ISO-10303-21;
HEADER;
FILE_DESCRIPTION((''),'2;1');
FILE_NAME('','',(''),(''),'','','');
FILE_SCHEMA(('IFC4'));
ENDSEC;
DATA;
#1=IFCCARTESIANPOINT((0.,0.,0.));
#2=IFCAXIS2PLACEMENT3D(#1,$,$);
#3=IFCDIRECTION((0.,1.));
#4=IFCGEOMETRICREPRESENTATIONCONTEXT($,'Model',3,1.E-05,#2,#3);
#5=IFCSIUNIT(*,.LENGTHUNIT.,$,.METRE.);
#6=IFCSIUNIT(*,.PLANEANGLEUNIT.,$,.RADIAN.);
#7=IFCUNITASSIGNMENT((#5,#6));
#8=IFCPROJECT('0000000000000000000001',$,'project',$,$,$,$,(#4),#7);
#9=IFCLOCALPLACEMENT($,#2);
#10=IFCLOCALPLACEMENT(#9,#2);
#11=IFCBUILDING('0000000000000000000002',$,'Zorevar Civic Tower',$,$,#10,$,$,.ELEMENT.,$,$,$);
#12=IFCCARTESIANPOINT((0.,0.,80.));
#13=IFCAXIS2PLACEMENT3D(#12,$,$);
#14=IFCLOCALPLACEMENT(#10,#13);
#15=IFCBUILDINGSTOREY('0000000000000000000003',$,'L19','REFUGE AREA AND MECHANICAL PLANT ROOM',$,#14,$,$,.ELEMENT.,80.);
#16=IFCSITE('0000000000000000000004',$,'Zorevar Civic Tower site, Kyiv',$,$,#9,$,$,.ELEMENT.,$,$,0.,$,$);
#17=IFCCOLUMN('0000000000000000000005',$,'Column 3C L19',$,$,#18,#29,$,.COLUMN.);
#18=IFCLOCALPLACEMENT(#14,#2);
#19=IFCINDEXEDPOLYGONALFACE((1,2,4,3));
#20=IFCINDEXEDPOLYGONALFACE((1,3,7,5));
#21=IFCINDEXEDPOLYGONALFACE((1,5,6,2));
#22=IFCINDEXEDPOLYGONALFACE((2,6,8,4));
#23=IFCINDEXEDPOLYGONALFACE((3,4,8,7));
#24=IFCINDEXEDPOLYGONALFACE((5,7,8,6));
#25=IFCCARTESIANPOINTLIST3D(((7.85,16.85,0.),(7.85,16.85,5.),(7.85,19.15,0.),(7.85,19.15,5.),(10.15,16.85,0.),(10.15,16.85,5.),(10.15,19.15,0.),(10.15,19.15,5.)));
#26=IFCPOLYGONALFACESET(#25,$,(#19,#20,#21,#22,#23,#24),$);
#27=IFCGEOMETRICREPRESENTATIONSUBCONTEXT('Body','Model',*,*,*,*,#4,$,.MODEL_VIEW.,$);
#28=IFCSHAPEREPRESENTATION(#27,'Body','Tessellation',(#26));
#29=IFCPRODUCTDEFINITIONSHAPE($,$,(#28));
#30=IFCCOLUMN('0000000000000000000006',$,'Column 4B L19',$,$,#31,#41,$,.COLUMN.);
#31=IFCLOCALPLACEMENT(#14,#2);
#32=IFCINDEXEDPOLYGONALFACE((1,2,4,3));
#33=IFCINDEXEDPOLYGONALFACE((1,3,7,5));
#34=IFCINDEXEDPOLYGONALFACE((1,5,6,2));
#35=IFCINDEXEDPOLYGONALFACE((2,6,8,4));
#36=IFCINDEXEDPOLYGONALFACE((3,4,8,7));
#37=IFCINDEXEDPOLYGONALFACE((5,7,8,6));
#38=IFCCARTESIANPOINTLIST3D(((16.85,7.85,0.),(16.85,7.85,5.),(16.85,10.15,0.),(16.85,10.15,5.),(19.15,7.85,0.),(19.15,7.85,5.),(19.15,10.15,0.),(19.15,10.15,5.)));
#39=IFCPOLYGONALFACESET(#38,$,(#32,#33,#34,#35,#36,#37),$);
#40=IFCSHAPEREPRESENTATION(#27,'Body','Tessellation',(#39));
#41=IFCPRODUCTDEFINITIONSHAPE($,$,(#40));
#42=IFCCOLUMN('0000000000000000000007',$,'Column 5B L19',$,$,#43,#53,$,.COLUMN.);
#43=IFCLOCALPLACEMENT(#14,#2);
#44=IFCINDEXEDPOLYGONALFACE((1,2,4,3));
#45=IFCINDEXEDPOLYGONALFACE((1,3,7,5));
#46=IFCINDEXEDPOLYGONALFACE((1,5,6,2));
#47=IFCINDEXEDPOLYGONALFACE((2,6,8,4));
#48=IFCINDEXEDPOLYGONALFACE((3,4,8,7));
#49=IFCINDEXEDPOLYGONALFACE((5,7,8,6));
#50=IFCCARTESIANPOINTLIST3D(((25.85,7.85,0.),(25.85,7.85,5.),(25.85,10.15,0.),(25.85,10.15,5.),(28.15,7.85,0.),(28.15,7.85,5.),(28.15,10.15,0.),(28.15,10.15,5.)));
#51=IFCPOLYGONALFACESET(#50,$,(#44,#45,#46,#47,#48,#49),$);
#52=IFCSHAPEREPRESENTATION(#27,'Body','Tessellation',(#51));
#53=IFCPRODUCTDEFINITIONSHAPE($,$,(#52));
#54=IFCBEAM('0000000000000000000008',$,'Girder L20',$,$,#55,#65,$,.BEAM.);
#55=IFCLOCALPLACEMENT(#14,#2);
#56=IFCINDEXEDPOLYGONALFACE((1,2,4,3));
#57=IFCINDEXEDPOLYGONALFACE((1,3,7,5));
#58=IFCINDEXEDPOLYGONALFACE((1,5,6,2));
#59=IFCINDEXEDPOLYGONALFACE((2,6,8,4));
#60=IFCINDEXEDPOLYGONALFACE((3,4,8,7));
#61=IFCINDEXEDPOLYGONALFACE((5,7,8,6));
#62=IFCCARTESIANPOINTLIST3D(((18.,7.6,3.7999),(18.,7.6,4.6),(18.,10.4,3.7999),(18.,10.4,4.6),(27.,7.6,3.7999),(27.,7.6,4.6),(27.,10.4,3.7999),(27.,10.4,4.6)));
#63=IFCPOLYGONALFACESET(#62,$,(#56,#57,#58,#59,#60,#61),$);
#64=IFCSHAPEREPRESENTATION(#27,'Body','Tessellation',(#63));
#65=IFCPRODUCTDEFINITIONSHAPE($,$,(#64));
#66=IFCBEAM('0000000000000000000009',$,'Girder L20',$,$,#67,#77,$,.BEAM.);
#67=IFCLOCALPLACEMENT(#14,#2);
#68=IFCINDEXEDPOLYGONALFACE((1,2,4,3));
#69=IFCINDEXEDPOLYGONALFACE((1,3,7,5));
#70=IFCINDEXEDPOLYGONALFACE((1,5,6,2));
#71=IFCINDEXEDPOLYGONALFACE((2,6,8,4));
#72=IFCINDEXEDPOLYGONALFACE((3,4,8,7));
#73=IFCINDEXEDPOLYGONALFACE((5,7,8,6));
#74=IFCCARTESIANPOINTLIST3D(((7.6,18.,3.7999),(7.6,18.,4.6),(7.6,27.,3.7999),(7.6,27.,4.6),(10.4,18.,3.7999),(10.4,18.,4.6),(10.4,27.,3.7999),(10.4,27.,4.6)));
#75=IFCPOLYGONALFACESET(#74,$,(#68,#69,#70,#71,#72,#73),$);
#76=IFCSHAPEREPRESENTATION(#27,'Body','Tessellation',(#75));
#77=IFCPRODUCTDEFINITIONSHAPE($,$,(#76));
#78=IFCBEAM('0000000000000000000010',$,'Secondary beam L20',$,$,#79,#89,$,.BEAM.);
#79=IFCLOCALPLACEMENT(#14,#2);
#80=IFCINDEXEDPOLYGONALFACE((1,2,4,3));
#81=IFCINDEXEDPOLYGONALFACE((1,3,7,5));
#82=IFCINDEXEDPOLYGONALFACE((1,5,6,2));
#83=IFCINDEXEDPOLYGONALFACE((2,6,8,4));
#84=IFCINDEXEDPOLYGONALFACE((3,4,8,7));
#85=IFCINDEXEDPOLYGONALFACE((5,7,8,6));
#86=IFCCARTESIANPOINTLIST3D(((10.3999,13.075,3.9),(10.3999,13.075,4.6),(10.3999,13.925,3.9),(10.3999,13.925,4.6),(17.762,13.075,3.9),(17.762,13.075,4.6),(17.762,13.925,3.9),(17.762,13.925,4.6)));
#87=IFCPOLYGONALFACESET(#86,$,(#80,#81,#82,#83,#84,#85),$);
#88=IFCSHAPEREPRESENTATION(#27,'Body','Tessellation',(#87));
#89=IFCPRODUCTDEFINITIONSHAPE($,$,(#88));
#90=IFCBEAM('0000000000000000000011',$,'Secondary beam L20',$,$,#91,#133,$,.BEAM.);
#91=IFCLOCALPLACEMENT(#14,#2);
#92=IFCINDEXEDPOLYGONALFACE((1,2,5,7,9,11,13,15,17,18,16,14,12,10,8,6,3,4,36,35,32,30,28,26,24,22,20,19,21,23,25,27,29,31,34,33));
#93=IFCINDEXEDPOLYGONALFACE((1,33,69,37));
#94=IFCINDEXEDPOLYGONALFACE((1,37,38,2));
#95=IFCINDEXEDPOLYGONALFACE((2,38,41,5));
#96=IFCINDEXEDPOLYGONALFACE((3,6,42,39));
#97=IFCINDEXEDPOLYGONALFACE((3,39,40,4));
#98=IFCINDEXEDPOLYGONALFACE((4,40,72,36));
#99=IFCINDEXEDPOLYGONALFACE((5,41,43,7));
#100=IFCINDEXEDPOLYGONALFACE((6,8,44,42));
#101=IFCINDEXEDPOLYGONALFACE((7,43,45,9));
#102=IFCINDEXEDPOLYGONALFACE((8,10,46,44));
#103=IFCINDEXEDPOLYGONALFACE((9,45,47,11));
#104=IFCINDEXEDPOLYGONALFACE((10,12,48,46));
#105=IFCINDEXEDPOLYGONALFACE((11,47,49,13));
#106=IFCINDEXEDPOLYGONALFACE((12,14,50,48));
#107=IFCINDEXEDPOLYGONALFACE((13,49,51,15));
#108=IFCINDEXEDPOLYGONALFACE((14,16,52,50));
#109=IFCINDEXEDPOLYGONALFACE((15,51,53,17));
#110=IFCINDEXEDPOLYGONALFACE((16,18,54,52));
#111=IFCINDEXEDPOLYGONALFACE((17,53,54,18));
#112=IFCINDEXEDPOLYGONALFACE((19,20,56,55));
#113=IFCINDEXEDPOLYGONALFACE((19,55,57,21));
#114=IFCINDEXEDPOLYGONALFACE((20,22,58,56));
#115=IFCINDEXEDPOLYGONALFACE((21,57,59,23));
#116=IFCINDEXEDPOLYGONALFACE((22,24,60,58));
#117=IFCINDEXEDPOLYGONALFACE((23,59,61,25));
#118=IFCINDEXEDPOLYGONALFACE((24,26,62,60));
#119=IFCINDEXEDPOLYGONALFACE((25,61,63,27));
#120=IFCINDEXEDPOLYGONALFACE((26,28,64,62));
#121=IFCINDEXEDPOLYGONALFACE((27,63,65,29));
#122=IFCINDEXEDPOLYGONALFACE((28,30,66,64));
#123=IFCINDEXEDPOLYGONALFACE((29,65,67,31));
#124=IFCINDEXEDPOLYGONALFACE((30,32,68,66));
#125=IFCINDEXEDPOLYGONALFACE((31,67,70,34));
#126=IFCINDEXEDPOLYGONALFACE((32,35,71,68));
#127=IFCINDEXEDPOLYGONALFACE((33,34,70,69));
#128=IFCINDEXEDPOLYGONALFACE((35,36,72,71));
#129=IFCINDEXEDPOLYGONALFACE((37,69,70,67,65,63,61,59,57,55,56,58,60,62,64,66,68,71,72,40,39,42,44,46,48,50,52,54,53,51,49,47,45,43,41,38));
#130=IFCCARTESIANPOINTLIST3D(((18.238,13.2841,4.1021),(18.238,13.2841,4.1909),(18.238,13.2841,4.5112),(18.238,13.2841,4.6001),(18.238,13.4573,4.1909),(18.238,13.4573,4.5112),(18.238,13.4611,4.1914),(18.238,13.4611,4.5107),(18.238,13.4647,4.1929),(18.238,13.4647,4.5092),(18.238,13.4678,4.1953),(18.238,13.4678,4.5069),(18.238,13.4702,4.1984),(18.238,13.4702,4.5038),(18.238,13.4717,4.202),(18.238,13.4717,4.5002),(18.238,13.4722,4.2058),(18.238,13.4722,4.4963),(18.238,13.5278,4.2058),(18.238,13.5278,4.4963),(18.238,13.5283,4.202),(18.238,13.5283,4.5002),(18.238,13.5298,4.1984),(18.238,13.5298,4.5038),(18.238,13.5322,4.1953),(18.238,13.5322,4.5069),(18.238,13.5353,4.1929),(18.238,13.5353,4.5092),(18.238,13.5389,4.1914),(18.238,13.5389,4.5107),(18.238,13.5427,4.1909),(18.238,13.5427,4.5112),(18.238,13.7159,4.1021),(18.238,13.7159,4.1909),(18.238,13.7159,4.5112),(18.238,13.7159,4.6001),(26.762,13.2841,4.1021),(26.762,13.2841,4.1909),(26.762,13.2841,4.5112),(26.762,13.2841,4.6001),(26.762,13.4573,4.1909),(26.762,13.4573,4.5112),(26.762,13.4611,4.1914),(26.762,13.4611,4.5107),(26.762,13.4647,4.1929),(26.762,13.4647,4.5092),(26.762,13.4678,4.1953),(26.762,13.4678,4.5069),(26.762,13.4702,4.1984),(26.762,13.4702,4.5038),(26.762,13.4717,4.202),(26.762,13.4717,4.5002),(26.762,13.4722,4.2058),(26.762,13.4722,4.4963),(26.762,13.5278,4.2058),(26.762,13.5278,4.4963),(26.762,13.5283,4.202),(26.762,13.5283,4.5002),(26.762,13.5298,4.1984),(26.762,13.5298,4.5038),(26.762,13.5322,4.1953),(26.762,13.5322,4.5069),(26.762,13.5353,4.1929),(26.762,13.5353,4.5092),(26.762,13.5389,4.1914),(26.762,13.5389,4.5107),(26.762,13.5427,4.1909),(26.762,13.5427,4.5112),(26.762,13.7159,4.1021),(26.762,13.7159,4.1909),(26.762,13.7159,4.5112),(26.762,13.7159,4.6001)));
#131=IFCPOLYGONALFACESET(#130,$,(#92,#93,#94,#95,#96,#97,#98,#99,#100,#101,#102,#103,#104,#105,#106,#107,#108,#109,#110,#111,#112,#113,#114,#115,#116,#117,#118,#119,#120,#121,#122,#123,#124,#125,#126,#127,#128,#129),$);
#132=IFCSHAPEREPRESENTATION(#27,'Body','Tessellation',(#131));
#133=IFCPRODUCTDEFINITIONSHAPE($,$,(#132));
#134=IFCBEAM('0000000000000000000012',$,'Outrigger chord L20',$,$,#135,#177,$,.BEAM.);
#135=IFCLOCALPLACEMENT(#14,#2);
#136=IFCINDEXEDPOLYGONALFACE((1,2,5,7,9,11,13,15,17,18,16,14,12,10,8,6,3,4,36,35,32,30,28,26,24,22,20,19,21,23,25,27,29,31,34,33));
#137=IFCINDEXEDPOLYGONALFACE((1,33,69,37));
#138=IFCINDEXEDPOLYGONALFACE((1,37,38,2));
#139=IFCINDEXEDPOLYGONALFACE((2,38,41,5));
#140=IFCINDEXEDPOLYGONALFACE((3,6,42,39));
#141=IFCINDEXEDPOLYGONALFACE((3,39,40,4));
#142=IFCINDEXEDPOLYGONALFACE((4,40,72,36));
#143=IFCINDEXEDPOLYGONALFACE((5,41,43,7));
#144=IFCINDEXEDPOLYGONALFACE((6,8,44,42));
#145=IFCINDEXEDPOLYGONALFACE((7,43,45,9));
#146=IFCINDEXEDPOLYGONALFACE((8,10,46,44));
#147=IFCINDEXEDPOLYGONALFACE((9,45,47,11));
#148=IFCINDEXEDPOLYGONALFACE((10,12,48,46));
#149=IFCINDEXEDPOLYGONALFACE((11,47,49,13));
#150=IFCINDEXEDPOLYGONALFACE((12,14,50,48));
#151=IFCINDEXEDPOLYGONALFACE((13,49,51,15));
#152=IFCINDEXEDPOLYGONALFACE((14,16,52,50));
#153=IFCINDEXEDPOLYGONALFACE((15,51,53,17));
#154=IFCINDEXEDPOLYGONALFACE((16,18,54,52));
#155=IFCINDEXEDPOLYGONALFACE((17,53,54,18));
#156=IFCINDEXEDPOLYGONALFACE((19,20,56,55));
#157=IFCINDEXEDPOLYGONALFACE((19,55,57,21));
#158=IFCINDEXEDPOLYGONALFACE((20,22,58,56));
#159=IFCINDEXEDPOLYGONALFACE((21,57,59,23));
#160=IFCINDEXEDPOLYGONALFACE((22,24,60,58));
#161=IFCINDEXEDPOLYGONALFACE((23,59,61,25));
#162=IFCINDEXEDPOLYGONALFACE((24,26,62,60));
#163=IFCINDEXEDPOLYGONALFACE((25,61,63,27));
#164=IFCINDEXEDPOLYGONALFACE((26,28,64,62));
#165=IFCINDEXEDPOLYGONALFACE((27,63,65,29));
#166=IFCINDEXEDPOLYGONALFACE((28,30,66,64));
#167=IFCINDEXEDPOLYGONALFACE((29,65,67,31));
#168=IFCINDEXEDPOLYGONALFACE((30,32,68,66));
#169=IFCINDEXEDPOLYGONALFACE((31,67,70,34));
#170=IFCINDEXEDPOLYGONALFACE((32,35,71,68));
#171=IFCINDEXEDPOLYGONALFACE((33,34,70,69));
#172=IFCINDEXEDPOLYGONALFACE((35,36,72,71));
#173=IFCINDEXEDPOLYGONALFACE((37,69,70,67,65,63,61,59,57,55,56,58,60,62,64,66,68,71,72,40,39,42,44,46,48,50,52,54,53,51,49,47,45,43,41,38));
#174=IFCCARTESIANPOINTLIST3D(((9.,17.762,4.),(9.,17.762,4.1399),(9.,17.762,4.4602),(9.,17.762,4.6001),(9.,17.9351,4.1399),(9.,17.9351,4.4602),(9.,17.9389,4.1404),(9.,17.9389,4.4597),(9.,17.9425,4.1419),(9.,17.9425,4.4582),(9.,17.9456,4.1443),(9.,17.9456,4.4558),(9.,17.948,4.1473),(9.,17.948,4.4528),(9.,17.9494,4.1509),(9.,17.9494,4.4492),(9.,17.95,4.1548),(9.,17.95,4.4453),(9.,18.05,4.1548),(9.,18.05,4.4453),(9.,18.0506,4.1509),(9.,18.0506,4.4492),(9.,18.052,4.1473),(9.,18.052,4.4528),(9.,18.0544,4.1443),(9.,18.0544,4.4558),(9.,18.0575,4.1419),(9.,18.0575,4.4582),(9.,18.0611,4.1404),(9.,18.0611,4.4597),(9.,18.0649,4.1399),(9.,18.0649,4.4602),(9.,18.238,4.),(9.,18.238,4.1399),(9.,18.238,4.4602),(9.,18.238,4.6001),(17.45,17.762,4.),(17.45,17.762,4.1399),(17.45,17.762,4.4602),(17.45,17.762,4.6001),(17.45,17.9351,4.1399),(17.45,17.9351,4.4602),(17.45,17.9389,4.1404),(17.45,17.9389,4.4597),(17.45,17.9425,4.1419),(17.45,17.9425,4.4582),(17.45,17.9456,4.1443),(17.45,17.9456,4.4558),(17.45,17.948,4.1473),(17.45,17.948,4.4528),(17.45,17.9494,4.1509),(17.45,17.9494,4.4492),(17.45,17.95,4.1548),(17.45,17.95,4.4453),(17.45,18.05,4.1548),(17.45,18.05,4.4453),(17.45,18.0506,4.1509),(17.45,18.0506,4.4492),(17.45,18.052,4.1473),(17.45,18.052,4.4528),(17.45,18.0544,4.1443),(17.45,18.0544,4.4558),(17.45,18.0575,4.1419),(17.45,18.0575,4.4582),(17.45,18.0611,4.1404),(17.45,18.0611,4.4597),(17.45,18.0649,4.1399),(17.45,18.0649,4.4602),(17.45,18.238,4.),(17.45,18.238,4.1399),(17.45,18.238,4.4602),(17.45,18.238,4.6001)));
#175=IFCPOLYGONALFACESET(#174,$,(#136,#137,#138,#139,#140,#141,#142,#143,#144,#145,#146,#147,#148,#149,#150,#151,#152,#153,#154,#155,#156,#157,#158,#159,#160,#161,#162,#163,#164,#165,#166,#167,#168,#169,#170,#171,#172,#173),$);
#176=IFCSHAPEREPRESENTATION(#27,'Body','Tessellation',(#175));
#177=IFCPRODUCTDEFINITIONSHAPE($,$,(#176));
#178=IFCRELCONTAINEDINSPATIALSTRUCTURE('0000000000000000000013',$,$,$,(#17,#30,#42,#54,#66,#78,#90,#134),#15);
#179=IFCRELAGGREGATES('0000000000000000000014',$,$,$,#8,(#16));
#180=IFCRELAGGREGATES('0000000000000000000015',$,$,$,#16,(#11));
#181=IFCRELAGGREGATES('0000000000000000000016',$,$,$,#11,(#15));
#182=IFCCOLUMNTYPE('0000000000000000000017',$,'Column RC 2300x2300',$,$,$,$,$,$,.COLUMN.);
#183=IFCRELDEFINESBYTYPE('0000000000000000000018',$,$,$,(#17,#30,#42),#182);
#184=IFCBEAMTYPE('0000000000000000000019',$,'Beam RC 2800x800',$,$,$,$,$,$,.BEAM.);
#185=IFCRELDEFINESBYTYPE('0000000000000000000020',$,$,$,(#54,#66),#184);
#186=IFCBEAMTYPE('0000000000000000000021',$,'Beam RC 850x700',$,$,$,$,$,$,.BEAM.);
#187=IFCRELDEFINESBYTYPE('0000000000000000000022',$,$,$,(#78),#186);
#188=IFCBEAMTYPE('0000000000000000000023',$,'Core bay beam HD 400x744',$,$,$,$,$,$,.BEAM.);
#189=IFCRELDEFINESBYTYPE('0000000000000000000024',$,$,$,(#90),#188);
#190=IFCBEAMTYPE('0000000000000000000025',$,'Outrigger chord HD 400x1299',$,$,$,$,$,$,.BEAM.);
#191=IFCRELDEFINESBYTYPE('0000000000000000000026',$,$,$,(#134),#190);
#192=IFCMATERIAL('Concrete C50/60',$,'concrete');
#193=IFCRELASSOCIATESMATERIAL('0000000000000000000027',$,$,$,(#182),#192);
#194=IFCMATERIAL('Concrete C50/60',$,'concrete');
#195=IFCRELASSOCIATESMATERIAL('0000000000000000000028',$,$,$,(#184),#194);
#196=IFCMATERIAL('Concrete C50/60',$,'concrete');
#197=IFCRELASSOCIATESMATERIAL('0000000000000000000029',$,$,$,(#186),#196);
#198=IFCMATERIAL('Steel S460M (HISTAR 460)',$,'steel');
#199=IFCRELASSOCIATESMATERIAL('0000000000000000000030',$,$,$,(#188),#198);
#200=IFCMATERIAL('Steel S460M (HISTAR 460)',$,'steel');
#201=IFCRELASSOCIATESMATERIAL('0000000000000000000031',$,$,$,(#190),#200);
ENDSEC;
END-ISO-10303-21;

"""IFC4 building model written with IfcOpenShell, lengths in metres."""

from ifc_helpers import new_model, si_unit, direction, frame, origin, origin_2d, place, context, subcontext, project, spatial, rectangle, i_section, extrude, material, material_profile, profile_set, type_object, element, save


model = new_model("IFC4")

# Units and contexts
model_context = context("Model", 3, precision=1e-05, world=origin(), true_north=direction((0.0, 1.0)))
body_context = subcontext(model_context, "Body", "Model", "MODEL_VIEW")
ifc_project = project(units=[si_unit("LENGTHUNIT", "METRE"), si_unit("PLANEANGLEUNIT", "RADIAN")], contexts=[model_context])

# Site, building, storey
site_placement = place(None, origin())
site = spatial("IfcSite", under=ifc_project, at=site_placement, Name="Zorevar Civic Tower site, Kyiv", CompositionType="ELEMENT", RefElevation=0.0)
building_placement = place(site_placement, origin())
building = spatial("IfcBuilding", under=site, at=building_placement, Name="Zorevar Civic Tower", CompositionType="ELEMENT")
storey_placement = place(building_placement, frame((0.0, 0.0, 80.0)))
storey = spatial("IfcBuildingStorey", under=building, at=storey_placement, Name="L19", Description="REFUGE AREA AND MECHANICAL PLANT ROOM", CompositionType="ELEMENT", Elevation=80.0)

# Columns
ifc_material_1 = material(Name="Concrete C50/60", Category="concrete")
ifc_material_profile_1 = material_profile(ifc_material_1, rectangle(XDim=2.3, YDim=2.3, at=origin_2d()), Name="RC 2300x2300")
ifc_profile_set_1 = profile_set([ifc_material_profile_1], Name="Concrete C50/60")
column_type = type_object("IfcColumnType", Name="Column RC 2300x2300", PredefinedType="COLUMN", material=ifc_profile_set_1)
for number, where, z_axis, x_axis, name in (
    (1, (9.0, 18.0, 0.0), (0.0, 0.0, 1.0), (1.0, 0.0, 0.0), "Column 3C L19"),
    (2, (18.0, 9.0, 0.0), (0.0, 0.0, 1.0), (1.0, 0.0, 0.0), "Column 4B L19"),
    (3, (27.0, 9.0, 0.0), (0.0, 0.0, 1.0), (1.0, 0.0, 0.0), "Column 5B L19"),
):
    element("IfcColumn", number, at=place(storey_placement, frame(where, z_axis=z_axis, x_axis=x_axis)), inside=storey, type_object=column_type, Name=name, PredefinedType="COLUMN", context=body_context, shape_type="SweptSolid", body=[
        extrude(rectangle(XDim=2.3, YDim=2.3, at=origin_2d()), origin(), (0.0, 0.0, 1.0), 5.0),
    ])

# Beams
ifc_material_2 = material(Name="Concrete C50/60", Category="concrete")
ifc_material_profile_2 = material_profile(ifc_material_2, rectangle(XDim=2.8, YDim=0.8, at=origin_2d()), Name="RC 2800x800")
ifc_profile_set_2 = profile_set([ifc_material_profile_2], Name="Concrete C50/60")
beam_type_1 = type_object("IfcBeamType", Name="Beam RC 2800x800", PredefinedType="BEAM", material=ifc_profile_set_2)
for number, where, z_axis, x_axis, name in (
    (4, (18.0, 9.0, 4.2), (1.0, 0.0, 0.0), (0.0, 1.0, 0.0), "Girder L20"),
    (5, (9.0, 18.0, 4.2), (0.0, 1.0, 0.0), (-1.0, 0.0, 0.0), "Girder L20"),
):
    element("IfcBeam", number, at=place(storey_placement, frame(where, z_axis=z_axis, x_axis=x_axis)), inside=storey, type_object=beam_type_1, Name=name, PredefinedType="BEAM", context=body_context, shape_type="SweptSolid", body=[
        extrude(rectangle(XDim=2.8, YDim=0.8, at=origin_2d()), origin(), (0.0, 0.0, 1.0), 9.0),
    ])
ifc_material_3 = material(Name="Concrete C50/60", Category="concrete")
ifc_material_profile_3 = material_profile(ifc_material_3, rectangle(XDim=0.8501, YDim=0.7, at=origin_2d()), Name="RC 850x700")
ifc_profile_set_3 = profile_set([ifc_material_profile_3], Name="Concrete C50/60")
beam_type_2 = type_object("IfcBeamType", Name="Beam RC 850x700", PredefinedType="BEAM", material=ifc_profile_set_3)
beam_1_placement = place(storey_placement, frame((10.3999, 13.5, 4.25), z_axis=(1.0, 0.0, 0.0), x_axis=(0.0, 1.0, 0.0)))
element("IfcBeam", 6, at=beam_1_placement, inside=storey, type_object=beam_type_2, Name="Secondary beam L20", PredefinedType="BEAM", context=body_context, shape_type="SweptSolid", body=[
    extrude(rectangle(XDim=0.8501, YDim=0.7, at=origin_2d()), origin(), (0.0, 0.0, 1.0), 7.3621),
])
ifc_material_4 = material(Name="Steel S460M (HISTAR 460)", Category="steel")
ifc_material_profile_4 = material_profile(ifc_material_4, i_section(OverallWidth=0.4319, OverallDepth=0.498, WebThickness=0.0557, FlangeThickness=0.0889, FilletRadius=0.0149, at=origin_2d()), Name="HD 400x744")
ifc_profile_set_4 = profile_set([ifc_material_profile_4], Name="Steel S460M (HISTAR 460)")
beam_type_3 = type_object("IfcBeamType", Name="Core bay beam HD 400x744", PredefinedType="BEAM", material=ifc_profile_set_4)
beam_2_placement = place(storey_placement, frame((18.238, 13.5, 4.3511), z_axis=(1.0, 0.0, 0.0), x_axis=(0.0, 1.0, 0.0)))
element("IfcBeam", 7, at=beam_2_placement, inside=storey, type_object=beam_type_3, Name="Secondary beam L20", PredefinedType="BEAM", context=body_context, shape_type="SweptSolid", body=[
    extrude(i_section(OverallWidth=0.4319, OverallDepth=0.498, WebThickness=0.0557, FlangeThickness=0.0889, FilletRadius=0.0149, at=origin_2d()), origin(), (0.0, 0.0, 1.0), 8.5239),
])
ifc_material_5 = material(Name="Steel S460M (HISTAR 460)", Category="steel")
ifc_material_profile_5 = material_profile(ifc_material_5, i_section(OverallWidth=0.4761, OverallDepth=0.6001, WebThickness=0.1001, FlangeThickness=0.1399, FilletRadius=0.0149, at=origin_2d()), Name="HD 400x1299")
ifc_profile_set_5 = profile_set([ifc_material_profile_5], Name="Steel S460M (HISTAR 460)")
beam_type_4 = type_object("IfcBeamType", Name="Outrigger chord HD 400x1299", PredefinedType="BEAM", material=ifc_profile_set_5)
for number, where, z_axis, x_axis, name in (
    (8, (9.0, 18.0, 4.3), (1.0, 0.0, 0.0), (0.0, 1.0, 0.0), "Outrigger chord L20"),
):
    element("IfcBeam", number, at=place(storey_placement, frame(where, z_axis=z_axis, x_axis=x_axis)), inside=storey, type_object=beam_type_4, Name=name, PredefinedType="BEAM", context=body_context, shape_type="SweptSolid", body=[
        extrude(i_section(OverallWidth=0.4761, OverallDepth=0.6001, WebThickness=0.1001, FlangeThickness=0.1399, FilletRadius=0.0149, at=origin_2d()), origin(), (0.0, 0.0, 1.0), 8.45),
    ])

save(model, "model.ifc")
